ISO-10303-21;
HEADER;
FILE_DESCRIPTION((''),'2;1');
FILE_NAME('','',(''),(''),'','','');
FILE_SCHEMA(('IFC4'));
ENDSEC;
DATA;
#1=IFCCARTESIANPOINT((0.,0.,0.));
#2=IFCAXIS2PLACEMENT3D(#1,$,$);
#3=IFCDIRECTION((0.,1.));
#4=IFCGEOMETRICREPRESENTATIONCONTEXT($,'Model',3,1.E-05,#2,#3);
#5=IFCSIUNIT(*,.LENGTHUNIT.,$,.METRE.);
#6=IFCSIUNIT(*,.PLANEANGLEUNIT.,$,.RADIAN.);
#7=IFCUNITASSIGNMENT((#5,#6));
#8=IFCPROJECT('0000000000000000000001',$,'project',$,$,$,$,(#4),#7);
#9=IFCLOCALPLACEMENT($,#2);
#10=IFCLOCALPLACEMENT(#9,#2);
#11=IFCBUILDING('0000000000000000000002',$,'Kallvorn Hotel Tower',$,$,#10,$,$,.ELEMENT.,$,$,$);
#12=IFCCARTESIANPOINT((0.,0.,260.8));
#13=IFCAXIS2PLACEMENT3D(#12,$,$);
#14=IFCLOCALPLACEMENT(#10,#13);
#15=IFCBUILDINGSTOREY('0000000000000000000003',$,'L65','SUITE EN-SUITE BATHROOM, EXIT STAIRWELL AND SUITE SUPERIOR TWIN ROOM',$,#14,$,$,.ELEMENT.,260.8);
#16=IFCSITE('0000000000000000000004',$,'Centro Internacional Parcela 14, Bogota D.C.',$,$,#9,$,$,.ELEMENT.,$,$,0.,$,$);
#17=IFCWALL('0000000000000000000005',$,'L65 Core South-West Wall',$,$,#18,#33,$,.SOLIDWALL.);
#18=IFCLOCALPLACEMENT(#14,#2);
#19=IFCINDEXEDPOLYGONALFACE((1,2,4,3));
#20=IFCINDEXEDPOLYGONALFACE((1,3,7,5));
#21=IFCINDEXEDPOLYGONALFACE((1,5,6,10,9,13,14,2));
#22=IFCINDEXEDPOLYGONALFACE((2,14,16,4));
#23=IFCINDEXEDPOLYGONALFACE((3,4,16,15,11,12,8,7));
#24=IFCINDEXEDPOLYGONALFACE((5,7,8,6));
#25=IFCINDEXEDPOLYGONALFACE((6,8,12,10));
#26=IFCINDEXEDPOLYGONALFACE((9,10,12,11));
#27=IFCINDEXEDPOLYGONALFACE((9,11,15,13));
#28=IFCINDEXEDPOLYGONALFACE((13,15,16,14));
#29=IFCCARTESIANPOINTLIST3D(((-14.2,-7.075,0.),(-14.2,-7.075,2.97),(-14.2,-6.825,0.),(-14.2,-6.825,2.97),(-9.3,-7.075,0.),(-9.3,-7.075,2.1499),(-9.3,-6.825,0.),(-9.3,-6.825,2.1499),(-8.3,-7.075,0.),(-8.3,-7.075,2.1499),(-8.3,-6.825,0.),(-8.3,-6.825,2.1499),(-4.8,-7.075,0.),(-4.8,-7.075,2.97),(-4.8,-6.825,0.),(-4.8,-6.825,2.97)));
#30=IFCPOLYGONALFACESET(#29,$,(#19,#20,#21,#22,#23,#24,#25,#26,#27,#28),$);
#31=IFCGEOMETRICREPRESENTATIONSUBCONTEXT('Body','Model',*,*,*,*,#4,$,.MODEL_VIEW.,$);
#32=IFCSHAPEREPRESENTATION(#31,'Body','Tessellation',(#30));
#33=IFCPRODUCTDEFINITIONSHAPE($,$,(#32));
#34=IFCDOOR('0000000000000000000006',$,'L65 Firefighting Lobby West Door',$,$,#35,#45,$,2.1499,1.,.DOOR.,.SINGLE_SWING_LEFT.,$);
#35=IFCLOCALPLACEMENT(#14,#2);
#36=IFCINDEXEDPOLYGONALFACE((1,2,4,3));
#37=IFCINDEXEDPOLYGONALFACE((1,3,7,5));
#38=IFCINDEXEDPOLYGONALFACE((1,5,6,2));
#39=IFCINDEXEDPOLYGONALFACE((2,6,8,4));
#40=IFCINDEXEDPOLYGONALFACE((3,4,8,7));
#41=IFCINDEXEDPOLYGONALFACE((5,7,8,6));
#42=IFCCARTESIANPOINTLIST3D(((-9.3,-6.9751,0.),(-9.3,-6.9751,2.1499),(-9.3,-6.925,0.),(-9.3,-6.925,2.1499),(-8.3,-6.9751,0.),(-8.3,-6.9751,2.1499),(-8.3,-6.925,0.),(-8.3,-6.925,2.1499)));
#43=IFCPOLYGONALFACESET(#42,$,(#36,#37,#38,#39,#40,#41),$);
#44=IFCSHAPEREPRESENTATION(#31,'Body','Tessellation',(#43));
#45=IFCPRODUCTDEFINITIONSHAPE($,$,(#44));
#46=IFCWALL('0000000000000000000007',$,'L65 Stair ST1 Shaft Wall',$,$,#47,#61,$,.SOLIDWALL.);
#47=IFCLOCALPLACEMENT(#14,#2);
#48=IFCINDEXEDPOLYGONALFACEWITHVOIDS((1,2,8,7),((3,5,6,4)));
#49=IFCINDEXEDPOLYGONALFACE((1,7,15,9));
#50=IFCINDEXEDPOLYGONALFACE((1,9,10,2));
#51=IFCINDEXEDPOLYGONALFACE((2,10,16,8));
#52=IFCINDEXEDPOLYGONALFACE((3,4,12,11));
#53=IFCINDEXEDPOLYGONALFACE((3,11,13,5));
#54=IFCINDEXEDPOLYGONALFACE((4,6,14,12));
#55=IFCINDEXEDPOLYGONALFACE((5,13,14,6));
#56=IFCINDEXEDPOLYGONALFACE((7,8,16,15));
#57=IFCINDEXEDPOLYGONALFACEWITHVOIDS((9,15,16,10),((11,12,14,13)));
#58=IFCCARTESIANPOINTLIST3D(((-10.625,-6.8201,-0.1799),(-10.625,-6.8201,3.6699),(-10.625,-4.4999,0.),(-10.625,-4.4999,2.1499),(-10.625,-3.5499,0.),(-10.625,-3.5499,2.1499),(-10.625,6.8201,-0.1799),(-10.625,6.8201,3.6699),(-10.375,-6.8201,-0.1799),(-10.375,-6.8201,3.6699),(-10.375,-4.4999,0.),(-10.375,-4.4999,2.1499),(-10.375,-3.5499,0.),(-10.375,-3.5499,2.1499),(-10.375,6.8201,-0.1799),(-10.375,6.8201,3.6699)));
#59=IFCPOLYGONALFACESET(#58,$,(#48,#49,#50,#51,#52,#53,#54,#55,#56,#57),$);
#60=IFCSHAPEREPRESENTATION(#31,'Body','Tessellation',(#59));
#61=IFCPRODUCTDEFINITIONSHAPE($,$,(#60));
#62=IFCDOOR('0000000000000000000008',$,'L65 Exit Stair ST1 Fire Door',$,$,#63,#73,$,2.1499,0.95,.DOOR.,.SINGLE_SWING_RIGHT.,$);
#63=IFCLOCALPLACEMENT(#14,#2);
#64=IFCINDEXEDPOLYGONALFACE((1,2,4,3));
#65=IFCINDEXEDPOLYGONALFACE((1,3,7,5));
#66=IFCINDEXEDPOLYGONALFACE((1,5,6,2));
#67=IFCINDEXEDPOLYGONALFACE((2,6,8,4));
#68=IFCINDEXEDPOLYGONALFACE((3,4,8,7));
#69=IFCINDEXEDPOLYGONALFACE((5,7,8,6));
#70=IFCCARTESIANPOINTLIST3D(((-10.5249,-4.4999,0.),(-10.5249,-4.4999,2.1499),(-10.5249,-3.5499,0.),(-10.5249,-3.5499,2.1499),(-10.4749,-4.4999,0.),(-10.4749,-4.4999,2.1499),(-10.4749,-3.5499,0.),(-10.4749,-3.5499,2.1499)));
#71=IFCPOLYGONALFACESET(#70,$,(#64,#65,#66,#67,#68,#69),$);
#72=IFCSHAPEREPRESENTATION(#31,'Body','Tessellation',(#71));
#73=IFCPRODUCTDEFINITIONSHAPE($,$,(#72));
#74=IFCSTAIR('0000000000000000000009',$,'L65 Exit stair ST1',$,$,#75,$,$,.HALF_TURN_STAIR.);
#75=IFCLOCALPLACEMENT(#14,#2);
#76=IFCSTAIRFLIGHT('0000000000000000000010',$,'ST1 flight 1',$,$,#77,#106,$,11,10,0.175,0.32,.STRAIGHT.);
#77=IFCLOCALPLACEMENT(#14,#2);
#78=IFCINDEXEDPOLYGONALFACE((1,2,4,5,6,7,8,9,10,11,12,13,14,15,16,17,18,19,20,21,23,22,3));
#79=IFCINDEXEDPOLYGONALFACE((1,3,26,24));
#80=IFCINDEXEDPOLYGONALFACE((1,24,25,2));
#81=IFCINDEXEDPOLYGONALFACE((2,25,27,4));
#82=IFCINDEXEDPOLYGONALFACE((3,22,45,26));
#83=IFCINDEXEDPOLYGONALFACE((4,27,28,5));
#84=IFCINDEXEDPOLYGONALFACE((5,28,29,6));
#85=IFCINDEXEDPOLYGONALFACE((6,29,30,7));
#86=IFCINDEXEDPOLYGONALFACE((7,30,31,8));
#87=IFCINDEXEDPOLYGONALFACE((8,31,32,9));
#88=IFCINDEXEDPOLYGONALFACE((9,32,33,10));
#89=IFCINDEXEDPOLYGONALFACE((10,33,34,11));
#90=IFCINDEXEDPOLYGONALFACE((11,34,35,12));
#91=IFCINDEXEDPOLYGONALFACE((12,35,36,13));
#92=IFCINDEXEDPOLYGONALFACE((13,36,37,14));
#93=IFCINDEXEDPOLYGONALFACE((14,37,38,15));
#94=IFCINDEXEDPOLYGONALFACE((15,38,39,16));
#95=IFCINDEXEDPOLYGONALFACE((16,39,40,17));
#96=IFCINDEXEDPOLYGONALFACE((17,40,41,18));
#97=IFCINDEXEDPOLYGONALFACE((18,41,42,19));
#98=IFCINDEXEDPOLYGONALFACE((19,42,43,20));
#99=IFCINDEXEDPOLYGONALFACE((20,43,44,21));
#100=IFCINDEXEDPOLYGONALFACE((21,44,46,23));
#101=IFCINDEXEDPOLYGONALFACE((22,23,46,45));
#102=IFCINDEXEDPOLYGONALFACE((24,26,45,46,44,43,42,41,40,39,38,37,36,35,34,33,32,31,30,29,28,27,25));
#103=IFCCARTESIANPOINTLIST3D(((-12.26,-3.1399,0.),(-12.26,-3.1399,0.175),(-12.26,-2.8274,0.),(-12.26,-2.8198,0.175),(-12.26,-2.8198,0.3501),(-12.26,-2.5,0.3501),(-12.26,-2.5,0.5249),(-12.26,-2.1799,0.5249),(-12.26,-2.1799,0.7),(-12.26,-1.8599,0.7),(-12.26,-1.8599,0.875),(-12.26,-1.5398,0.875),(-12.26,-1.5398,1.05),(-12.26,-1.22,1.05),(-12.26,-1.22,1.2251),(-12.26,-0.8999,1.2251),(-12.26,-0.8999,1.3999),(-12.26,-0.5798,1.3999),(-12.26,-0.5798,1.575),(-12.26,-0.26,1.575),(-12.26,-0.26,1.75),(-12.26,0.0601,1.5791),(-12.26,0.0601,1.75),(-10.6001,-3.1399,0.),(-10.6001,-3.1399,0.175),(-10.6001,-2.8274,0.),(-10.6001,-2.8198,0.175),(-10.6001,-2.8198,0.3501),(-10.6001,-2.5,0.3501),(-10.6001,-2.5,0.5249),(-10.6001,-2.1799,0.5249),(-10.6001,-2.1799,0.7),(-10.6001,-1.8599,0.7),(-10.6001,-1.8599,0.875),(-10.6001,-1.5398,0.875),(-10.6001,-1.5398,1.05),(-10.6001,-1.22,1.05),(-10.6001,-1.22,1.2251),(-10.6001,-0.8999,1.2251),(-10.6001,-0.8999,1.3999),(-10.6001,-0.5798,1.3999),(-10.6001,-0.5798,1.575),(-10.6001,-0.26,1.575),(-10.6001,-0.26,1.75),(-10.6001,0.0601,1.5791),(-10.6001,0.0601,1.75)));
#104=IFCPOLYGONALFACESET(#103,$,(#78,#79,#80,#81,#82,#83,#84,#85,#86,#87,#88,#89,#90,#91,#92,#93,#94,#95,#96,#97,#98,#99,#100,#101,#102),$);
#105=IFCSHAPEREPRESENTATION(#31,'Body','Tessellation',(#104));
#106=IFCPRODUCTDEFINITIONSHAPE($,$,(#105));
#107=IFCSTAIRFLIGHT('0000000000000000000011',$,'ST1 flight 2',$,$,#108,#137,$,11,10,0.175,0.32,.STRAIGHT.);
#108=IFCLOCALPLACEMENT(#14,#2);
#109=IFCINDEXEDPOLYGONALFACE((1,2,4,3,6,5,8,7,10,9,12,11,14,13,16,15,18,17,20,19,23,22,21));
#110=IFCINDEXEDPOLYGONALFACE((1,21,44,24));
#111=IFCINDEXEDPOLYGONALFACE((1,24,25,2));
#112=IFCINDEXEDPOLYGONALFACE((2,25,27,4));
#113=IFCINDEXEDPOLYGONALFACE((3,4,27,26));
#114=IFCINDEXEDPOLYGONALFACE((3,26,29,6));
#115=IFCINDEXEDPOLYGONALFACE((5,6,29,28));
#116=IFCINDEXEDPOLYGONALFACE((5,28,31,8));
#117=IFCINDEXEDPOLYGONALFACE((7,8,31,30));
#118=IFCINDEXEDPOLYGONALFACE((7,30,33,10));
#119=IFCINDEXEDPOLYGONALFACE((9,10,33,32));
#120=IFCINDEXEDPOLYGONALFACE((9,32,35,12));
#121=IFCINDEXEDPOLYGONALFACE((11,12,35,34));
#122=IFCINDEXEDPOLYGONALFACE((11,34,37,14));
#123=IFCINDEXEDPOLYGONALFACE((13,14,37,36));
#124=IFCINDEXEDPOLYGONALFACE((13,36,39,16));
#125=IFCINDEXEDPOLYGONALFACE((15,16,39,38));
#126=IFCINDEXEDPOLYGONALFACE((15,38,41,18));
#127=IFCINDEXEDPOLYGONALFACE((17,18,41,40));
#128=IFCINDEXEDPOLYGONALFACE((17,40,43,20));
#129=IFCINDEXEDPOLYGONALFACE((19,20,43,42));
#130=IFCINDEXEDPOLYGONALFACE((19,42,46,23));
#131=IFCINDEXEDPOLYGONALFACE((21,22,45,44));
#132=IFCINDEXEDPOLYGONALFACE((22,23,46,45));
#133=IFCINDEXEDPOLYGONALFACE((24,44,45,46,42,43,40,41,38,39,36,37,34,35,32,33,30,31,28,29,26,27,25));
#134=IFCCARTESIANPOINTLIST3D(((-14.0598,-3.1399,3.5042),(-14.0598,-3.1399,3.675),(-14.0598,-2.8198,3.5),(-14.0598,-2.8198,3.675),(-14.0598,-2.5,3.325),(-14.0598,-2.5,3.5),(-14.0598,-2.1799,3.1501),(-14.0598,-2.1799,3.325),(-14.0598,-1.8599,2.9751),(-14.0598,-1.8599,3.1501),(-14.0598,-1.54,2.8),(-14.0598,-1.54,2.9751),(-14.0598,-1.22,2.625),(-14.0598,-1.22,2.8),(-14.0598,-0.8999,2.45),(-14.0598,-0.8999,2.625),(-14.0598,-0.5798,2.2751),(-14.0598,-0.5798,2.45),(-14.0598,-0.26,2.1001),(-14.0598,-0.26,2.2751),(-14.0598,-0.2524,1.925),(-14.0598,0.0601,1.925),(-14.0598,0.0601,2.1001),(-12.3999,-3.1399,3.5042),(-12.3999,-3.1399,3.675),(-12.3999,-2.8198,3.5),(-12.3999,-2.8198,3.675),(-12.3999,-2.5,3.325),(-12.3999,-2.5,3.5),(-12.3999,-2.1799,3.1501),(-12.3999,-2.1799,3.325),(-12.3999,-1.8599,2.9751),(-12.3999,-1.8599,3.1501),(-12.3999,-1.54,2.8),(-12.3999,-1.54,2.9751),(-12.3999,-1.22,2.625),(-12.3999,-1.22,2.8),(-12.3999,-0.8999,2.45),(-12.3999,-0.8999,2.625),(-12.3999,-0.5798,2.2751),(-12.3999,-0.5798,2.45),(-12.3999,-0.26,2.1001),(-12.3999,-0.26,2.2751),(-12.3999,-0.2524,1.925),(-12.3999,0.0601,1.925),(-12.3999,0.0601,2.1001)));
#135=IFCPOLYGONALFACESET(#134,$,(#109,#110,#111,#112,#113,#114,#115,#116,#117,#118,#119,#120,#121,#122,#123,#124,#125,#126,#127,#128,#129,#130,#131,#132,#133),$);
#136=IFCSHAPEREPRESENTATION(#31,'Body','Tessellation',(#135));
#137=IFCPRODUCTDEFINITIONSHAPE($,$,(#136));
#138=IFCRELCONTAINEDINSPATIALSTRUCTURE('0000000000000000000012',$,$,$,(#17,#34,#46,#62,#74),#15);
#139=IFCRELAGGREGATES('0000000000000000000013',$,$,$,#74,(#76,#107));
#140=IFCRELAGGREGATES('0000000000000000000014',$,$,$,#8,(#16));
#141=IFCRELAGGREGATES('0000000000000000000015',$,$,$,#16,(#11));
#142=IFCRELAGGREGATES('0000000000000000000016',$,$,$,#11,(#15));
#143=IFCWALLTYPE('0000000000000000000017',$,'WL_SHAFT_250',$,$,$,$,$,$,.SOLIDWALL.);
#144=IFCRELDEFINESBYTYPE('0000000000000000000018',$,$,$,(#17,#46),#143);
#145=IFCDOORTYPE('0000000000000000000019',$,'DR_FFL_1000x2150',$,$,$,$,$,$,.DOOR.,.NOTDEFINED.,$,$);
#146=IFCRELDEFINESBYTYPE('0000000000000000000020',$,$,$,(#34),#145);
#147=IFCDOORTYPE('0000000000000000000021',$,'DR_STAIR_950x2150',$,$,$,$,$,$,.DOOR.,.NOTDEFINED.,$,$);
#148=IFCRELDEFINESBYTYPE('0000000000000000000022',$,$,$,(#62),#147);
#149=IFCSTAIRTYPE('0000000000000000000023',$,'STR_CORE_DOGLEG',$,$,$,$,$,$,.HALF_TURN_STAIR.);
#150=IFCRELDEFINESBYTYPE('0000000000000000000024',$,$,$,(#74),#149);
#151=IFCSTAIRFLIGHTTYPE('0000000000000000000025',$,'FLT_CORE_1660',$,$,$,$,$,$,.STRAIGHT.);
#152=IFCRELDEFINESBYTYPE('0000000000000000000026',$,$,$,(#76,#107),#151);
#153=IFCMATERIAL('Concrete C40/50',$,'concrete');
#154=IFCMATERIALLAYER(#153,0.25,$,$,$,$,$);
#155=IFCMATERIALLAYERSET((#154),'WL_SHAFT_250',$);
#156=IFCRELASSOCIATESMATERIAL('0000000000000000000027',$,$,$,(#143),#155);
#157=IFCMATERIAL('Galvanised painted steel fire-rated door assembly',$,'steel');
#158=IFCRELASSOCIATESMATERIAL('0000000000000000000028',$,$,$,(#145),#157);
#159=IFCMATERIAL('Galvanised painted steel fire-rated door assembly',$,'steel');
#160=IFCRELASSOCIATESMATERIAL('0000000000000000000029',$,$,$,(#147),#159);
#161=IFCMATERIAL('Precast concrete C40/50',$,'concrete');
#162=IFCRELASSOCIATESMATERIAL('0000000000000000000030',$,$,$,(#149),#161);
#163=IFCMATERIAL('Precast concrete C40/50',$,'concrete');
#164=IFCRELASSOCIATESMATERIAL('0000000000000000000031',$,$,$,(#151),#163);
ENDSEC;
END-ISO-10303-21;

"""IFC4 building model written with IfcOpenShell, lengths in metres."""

from ifc_helpers import new_model, si_unit, direction, frame, frame_2d, origin, place, context, subcontext, project, spatial, polyline, rectangle, outline, extrude, material, layer, layer_set, type_object, element, fill, aggregate, save


model = new_model("IFC4")

# Units and contexts
model_context = context("Model", 3, precision=1e-05, world=origin(), true_north=direction((0.0, 1.0)))
body_context = subcontext(model_context, "Body", "Model", "MODEL_VIEW")
ifc_project = project(units=[si_unit("LENGTHUNIT", "METRE"), si_unit("PLANEANGLEUNIT", "RADIAN")], contexts=[model_context])

# Site, building, storey
site_placement = place(None, origin())
site = spatial("IfcSite", under=ifc_project, at=site_placement, Name="Centro Internacional Parcela 14, Bogota D.C.", CompositionType="ELEMENT", RefElevation=0.0)
building_placement = place(site_placement, origin())
building = spatial("IfcBuilding", under=site, at=building_placement, Name="Kallvorn Hotel Tower", CompositionType="ELEMENT")
storey_placement = place(building_placement, frame((0.0, 0.0, 260.8)))
storey = spatial("IfcBuildingStorey", under=building, at=storey_placement, Name="L65", Description="SUITE EN-SUITE BATHROOM, EXIT STAIRWELL AND SUITE SUPERIOR TWIN ROOM", CompositionType="ELEMENT", Elevation=260.8)

# Walls, openings, doors
ifc_material_1 = material(Name="Concrete C40/50", Category="concrete")
ifc_layer_1 = layer(ifc_material_1, 0.25)
ifc_layer_set_1 = layer_set([ifc_layer_1], Name="WL_SHAFT_250")
wall_type_1 = type_object("IfcWallType", Name="WL_SHAFT_250", PredefinedType="SOLIDWALL", material=ifc_layer_set_1)
wall_1_placement = place(storey_placement, frame((-14.2, -6.95, 0.0), z_axis=(0.0, 0.0, 1.0), x_axis=(1.0, 0.0, 0.0)))
wall_1 = element("IfcWall", 1, at=wall_1_placement, inside=storey, type_object=wall_type_1, Name="L65 Core South-West Wall", PredefinedType="SOLIDWALL", context=body_context, shape_type="SweptSolid", body=[
    extrude(rectangle(XDim=9.3999, YDim=0.25, at=frame_2d((4.7, 0.0))), origin(), (0.0, 0.0, 1.0), 2.97),
])
opening_1_placement = place(wall_1_placement, frame((4.8999, 0.0, 0.0)))
opening_1 = element("IfcOpeningElement", 2, at=opening_1_placement, cuts=wall_1, PredefinedType="OPENING", context=body_context, shape_type="SweptSolid", body=[
    extrude(rectangle(XDim=1.0, YDim=2.1499, at=frame_2d((0.5, 1.075))), frame((0.0, 0.1399, 0.0), z_axis=(0.0, -1.0, 0.0), x_axis=(1.0, 0.0, 0.0)), (0.0, 0.0, 1.0), 0.28),
])
ifc_material_2 = material(Name="Galvanised painted steel fire-rated door assembly", Category="steel")
door_type_1 = type_object("IfcDoorType", Name="DR_FFL_1000x2150", OperationType="NOTDEFINED", PredefinedType="DOOR", material=ifc_material_2)
door_1_placement = place(opening_1_placement, origin())
door_1 = element("IfcDoor", 3, at=door_1_placement, inside=storey, type_object=door_type_1, Name="L65 Firefighting Lobby West Door", OperationType="SINGLE_SWING_LEFT", OverallHeight=2.1499, OverallWidth=1.0, PredefinedType="DOOR", context=body_context, shape_type="SweptSolid", body=[
    extrude(rectangle(XDim=1.0, YDim=2.1499, at=frame_2d((0.5, 1.075))), frame((0.0, 0.0249, 0.0), z_axis=(0.0, -1.0, 0.0), x_axis=(1.0, 0.0, 0.0)), (0.0, 0.0, 1.0), 0.05),
])
fill(opening_1, door_1)
wall_2_placement = place(storey_placement, frame((-10.5, -6.8201, -0.1799), z_axis=(0.0, 0.0, 1.0), x_axis=(0.0, 1.0, 0.0)))
wall_2 = element("IfcWall", 4, at=wall_2_placement, inside=storey, type_object=wall_type_1, Name="L65 Stair ST1 Shaft Wall", PredefinedType="SOLIDWALL", context=body_context, shape_type="SweptSolid", body=[
    extrude(rectangle(XDim=13.6401, YDim=0.25, at=frame_2d((6.8201, 0.0))), origin(), (0.0, 0.0, 1.0), 3.8499),
])
opening_2_placement = place(wall_2_placement, frame((2.3201, 0.0, 0.1799)))
opening_2 = element("IfcOpeningElement", 5, at=opening_2_placement, cuts=wall_2, PredefinedType="OPENING", context=body_context, shape_type="SweptSolid", body=[
    extrude(rectangle(XDim=0.95, YDim=2.1499, at=frame_2d((0.4751, 1.075))), frame((0.0, 0.1399, 0.0), z_axis=(0.0, -1.0, 0.0), x_axis=(1.0, 0.0, 0.0)), (0.0, 0.0, 1.0), 0.28),
])
ifc_material_3 = material(Name="Galvanised painted steel fire-rated door assembly", Category="steel")
door_type_2 = type_object("IfcDoorType", Name="DR_STAIR_950x2150", OperationType="NOTDEFINED", PredefinedType="DOOR", material=ifc_material_3)
door_2_placement = place(opening_2_placement, origin())
door_2 = element("IfcDoor", 6, at=door_2_placement, inside=storey, type_object=door_type_2, Name="L65 Exit Stair ST1 Fire Door", OperationType="SINGLE_SWING_RIGHT", OverallHeight=2.1499, OverallWidth=0.95, PredefinedType="DOOR", context=body_context, shape_type="SweptSolid", body=[
    extrude(rectangle(XDim=0.95, YDim=2.1499, at=frame_2d((0.4751, 1.075))), frame((0.0, 0.0249, 0.0), z_axis=(0.0, -1.0, 0.0), x_axis=(1.0, 0.0, 0.0)), (0.0, 0.0, 1.0), 0.05),
])
fill(opening_2, door_2)

# Stair, stair flights
ifc_material_4 = material(Name="Precast concrete C40/50", Category="concrete")
stair_type = type_object("IfcStairType", Name="STR_CORE_DOGLEG", PredefinedType="HALF_TURN_STAIR", material=ifc_material_4)
stair_placement = place(storey_placement, origin())
stair = element("IfcStair", 7, at=stair_placement, inside=storey, type_object=stair_type, Name="L65 Exit stair ST1", PredefinedType="HALF_TURN_STAIR")
ifc_material_5 = material(Name="Precast concrete C40/50", Category="concrete")
stair_flight_type = type_object("IfcStairFlightType", Name="FLT_CORE_1660", PredefinedType="STRAIGHT", material=ifc_material_5)
stair_flight_1_placement = place(storey_placement, frame((-11.4299, -3.1399, 0.0), z_axis=(0.0, 0.0, 1.0), x_axis=(0.0, 1.0, 0.0)))
stair_flight_1 = element("IfcStairFlight", 8, at=stair_flight_1_placement, type_object=stair_flight_type, Name="ST1 flight 1", NumberOfRisers=11, NumberOfTreads=10, PredefinedType="STRAIGHT", RiserHeight=0.175, TreadLength=0.32, context=body_context, shape_type="SweptSolid", body=[
    extrude(outline(polyline([(0.0, 0.0), (0.0, 0.175), (0.3201, 0.175), (0.3201, 0.3501), (0.6399, 0.3501), (0.6399, 0.5249), (0.96, 0.5249), (0.96, 0.7), (1.28, 0.7), (1.28, 0.875), (1.6001, 0.875), (1.6001, 1.05), (1.9199, 1.05), (1.9199, 1.2251), (2.24, 1.2251), (2.24, 1.3999), (2.5601, 1.3999), (2.5601, 1.575), (2.8799, 1.575), (2.8799, 1.75), (3.2, 1.75), (3.2, 1.925), (3.2, 1.5791), (0.3125, 0.0), (0.0, 0.0)])), frame((0.0, 0.8301, 0.0), z_axis=(0.0, -1.0, 0.0), x_axis=(1.0, 0.0, 0.0)), (0.0, 0.0, 1.0), 1.6599),
])
stair_flight_2_placement = place(storey_placement, frame((-13.23, 0.0601, 1.925), z_axis=(0.0, 0.0, 1.0), x_axis=(0.0, -1.0, 0.0)))
stair_flight_2 = element("IfcStairFlight", 9, at=stair_flight_2_placement, type_object=stair_flight_type, Name="ST1 flight 2", NumberOfRisers=11, NumberOfTreads=10, PredefinedType="STRAIGHT", RiserHeight=0.175, TreadLength=0.32, context=body_context, shape_type="SweptSolid", body=[
    extrude(outline(polyline([(0.0, 0.0), (0.0, 0.175), (0.3201, 0.175), (0.3201, 0.3501), (0.6399, 0.3501), (0.6399, 0.5249), (0.96, 0.5249), (0.96, 0.7), (1.28, 0.7), (1.28, 0.875), (1.6001, 0.875), (1.6001, 1.05), (1.9199, 1.05), (1.9199, 1.2251), (2.24, 1.2251), (2.24, 1.3999), (2.5601, 1.3999), (2.5601, 1.575), (2.8799, 1.575), (2.8799, 1.75), (3.2, 1.75), (3.2, 1.925), (3.2, 1.5791), (0.3125, 0.0), (0.0, 0.0)])), frame((0.0, 0.8301, 0.0), z_axis=(0.0, -1.0, 0.0), x_axis=(1.0, 0.0, 0.0)), (0.0, 0.0, 1.0), 1.6599),
])
aggregate(stair, [stair_flight_1, stair_flight_2])

save(model, "model.ifc")
